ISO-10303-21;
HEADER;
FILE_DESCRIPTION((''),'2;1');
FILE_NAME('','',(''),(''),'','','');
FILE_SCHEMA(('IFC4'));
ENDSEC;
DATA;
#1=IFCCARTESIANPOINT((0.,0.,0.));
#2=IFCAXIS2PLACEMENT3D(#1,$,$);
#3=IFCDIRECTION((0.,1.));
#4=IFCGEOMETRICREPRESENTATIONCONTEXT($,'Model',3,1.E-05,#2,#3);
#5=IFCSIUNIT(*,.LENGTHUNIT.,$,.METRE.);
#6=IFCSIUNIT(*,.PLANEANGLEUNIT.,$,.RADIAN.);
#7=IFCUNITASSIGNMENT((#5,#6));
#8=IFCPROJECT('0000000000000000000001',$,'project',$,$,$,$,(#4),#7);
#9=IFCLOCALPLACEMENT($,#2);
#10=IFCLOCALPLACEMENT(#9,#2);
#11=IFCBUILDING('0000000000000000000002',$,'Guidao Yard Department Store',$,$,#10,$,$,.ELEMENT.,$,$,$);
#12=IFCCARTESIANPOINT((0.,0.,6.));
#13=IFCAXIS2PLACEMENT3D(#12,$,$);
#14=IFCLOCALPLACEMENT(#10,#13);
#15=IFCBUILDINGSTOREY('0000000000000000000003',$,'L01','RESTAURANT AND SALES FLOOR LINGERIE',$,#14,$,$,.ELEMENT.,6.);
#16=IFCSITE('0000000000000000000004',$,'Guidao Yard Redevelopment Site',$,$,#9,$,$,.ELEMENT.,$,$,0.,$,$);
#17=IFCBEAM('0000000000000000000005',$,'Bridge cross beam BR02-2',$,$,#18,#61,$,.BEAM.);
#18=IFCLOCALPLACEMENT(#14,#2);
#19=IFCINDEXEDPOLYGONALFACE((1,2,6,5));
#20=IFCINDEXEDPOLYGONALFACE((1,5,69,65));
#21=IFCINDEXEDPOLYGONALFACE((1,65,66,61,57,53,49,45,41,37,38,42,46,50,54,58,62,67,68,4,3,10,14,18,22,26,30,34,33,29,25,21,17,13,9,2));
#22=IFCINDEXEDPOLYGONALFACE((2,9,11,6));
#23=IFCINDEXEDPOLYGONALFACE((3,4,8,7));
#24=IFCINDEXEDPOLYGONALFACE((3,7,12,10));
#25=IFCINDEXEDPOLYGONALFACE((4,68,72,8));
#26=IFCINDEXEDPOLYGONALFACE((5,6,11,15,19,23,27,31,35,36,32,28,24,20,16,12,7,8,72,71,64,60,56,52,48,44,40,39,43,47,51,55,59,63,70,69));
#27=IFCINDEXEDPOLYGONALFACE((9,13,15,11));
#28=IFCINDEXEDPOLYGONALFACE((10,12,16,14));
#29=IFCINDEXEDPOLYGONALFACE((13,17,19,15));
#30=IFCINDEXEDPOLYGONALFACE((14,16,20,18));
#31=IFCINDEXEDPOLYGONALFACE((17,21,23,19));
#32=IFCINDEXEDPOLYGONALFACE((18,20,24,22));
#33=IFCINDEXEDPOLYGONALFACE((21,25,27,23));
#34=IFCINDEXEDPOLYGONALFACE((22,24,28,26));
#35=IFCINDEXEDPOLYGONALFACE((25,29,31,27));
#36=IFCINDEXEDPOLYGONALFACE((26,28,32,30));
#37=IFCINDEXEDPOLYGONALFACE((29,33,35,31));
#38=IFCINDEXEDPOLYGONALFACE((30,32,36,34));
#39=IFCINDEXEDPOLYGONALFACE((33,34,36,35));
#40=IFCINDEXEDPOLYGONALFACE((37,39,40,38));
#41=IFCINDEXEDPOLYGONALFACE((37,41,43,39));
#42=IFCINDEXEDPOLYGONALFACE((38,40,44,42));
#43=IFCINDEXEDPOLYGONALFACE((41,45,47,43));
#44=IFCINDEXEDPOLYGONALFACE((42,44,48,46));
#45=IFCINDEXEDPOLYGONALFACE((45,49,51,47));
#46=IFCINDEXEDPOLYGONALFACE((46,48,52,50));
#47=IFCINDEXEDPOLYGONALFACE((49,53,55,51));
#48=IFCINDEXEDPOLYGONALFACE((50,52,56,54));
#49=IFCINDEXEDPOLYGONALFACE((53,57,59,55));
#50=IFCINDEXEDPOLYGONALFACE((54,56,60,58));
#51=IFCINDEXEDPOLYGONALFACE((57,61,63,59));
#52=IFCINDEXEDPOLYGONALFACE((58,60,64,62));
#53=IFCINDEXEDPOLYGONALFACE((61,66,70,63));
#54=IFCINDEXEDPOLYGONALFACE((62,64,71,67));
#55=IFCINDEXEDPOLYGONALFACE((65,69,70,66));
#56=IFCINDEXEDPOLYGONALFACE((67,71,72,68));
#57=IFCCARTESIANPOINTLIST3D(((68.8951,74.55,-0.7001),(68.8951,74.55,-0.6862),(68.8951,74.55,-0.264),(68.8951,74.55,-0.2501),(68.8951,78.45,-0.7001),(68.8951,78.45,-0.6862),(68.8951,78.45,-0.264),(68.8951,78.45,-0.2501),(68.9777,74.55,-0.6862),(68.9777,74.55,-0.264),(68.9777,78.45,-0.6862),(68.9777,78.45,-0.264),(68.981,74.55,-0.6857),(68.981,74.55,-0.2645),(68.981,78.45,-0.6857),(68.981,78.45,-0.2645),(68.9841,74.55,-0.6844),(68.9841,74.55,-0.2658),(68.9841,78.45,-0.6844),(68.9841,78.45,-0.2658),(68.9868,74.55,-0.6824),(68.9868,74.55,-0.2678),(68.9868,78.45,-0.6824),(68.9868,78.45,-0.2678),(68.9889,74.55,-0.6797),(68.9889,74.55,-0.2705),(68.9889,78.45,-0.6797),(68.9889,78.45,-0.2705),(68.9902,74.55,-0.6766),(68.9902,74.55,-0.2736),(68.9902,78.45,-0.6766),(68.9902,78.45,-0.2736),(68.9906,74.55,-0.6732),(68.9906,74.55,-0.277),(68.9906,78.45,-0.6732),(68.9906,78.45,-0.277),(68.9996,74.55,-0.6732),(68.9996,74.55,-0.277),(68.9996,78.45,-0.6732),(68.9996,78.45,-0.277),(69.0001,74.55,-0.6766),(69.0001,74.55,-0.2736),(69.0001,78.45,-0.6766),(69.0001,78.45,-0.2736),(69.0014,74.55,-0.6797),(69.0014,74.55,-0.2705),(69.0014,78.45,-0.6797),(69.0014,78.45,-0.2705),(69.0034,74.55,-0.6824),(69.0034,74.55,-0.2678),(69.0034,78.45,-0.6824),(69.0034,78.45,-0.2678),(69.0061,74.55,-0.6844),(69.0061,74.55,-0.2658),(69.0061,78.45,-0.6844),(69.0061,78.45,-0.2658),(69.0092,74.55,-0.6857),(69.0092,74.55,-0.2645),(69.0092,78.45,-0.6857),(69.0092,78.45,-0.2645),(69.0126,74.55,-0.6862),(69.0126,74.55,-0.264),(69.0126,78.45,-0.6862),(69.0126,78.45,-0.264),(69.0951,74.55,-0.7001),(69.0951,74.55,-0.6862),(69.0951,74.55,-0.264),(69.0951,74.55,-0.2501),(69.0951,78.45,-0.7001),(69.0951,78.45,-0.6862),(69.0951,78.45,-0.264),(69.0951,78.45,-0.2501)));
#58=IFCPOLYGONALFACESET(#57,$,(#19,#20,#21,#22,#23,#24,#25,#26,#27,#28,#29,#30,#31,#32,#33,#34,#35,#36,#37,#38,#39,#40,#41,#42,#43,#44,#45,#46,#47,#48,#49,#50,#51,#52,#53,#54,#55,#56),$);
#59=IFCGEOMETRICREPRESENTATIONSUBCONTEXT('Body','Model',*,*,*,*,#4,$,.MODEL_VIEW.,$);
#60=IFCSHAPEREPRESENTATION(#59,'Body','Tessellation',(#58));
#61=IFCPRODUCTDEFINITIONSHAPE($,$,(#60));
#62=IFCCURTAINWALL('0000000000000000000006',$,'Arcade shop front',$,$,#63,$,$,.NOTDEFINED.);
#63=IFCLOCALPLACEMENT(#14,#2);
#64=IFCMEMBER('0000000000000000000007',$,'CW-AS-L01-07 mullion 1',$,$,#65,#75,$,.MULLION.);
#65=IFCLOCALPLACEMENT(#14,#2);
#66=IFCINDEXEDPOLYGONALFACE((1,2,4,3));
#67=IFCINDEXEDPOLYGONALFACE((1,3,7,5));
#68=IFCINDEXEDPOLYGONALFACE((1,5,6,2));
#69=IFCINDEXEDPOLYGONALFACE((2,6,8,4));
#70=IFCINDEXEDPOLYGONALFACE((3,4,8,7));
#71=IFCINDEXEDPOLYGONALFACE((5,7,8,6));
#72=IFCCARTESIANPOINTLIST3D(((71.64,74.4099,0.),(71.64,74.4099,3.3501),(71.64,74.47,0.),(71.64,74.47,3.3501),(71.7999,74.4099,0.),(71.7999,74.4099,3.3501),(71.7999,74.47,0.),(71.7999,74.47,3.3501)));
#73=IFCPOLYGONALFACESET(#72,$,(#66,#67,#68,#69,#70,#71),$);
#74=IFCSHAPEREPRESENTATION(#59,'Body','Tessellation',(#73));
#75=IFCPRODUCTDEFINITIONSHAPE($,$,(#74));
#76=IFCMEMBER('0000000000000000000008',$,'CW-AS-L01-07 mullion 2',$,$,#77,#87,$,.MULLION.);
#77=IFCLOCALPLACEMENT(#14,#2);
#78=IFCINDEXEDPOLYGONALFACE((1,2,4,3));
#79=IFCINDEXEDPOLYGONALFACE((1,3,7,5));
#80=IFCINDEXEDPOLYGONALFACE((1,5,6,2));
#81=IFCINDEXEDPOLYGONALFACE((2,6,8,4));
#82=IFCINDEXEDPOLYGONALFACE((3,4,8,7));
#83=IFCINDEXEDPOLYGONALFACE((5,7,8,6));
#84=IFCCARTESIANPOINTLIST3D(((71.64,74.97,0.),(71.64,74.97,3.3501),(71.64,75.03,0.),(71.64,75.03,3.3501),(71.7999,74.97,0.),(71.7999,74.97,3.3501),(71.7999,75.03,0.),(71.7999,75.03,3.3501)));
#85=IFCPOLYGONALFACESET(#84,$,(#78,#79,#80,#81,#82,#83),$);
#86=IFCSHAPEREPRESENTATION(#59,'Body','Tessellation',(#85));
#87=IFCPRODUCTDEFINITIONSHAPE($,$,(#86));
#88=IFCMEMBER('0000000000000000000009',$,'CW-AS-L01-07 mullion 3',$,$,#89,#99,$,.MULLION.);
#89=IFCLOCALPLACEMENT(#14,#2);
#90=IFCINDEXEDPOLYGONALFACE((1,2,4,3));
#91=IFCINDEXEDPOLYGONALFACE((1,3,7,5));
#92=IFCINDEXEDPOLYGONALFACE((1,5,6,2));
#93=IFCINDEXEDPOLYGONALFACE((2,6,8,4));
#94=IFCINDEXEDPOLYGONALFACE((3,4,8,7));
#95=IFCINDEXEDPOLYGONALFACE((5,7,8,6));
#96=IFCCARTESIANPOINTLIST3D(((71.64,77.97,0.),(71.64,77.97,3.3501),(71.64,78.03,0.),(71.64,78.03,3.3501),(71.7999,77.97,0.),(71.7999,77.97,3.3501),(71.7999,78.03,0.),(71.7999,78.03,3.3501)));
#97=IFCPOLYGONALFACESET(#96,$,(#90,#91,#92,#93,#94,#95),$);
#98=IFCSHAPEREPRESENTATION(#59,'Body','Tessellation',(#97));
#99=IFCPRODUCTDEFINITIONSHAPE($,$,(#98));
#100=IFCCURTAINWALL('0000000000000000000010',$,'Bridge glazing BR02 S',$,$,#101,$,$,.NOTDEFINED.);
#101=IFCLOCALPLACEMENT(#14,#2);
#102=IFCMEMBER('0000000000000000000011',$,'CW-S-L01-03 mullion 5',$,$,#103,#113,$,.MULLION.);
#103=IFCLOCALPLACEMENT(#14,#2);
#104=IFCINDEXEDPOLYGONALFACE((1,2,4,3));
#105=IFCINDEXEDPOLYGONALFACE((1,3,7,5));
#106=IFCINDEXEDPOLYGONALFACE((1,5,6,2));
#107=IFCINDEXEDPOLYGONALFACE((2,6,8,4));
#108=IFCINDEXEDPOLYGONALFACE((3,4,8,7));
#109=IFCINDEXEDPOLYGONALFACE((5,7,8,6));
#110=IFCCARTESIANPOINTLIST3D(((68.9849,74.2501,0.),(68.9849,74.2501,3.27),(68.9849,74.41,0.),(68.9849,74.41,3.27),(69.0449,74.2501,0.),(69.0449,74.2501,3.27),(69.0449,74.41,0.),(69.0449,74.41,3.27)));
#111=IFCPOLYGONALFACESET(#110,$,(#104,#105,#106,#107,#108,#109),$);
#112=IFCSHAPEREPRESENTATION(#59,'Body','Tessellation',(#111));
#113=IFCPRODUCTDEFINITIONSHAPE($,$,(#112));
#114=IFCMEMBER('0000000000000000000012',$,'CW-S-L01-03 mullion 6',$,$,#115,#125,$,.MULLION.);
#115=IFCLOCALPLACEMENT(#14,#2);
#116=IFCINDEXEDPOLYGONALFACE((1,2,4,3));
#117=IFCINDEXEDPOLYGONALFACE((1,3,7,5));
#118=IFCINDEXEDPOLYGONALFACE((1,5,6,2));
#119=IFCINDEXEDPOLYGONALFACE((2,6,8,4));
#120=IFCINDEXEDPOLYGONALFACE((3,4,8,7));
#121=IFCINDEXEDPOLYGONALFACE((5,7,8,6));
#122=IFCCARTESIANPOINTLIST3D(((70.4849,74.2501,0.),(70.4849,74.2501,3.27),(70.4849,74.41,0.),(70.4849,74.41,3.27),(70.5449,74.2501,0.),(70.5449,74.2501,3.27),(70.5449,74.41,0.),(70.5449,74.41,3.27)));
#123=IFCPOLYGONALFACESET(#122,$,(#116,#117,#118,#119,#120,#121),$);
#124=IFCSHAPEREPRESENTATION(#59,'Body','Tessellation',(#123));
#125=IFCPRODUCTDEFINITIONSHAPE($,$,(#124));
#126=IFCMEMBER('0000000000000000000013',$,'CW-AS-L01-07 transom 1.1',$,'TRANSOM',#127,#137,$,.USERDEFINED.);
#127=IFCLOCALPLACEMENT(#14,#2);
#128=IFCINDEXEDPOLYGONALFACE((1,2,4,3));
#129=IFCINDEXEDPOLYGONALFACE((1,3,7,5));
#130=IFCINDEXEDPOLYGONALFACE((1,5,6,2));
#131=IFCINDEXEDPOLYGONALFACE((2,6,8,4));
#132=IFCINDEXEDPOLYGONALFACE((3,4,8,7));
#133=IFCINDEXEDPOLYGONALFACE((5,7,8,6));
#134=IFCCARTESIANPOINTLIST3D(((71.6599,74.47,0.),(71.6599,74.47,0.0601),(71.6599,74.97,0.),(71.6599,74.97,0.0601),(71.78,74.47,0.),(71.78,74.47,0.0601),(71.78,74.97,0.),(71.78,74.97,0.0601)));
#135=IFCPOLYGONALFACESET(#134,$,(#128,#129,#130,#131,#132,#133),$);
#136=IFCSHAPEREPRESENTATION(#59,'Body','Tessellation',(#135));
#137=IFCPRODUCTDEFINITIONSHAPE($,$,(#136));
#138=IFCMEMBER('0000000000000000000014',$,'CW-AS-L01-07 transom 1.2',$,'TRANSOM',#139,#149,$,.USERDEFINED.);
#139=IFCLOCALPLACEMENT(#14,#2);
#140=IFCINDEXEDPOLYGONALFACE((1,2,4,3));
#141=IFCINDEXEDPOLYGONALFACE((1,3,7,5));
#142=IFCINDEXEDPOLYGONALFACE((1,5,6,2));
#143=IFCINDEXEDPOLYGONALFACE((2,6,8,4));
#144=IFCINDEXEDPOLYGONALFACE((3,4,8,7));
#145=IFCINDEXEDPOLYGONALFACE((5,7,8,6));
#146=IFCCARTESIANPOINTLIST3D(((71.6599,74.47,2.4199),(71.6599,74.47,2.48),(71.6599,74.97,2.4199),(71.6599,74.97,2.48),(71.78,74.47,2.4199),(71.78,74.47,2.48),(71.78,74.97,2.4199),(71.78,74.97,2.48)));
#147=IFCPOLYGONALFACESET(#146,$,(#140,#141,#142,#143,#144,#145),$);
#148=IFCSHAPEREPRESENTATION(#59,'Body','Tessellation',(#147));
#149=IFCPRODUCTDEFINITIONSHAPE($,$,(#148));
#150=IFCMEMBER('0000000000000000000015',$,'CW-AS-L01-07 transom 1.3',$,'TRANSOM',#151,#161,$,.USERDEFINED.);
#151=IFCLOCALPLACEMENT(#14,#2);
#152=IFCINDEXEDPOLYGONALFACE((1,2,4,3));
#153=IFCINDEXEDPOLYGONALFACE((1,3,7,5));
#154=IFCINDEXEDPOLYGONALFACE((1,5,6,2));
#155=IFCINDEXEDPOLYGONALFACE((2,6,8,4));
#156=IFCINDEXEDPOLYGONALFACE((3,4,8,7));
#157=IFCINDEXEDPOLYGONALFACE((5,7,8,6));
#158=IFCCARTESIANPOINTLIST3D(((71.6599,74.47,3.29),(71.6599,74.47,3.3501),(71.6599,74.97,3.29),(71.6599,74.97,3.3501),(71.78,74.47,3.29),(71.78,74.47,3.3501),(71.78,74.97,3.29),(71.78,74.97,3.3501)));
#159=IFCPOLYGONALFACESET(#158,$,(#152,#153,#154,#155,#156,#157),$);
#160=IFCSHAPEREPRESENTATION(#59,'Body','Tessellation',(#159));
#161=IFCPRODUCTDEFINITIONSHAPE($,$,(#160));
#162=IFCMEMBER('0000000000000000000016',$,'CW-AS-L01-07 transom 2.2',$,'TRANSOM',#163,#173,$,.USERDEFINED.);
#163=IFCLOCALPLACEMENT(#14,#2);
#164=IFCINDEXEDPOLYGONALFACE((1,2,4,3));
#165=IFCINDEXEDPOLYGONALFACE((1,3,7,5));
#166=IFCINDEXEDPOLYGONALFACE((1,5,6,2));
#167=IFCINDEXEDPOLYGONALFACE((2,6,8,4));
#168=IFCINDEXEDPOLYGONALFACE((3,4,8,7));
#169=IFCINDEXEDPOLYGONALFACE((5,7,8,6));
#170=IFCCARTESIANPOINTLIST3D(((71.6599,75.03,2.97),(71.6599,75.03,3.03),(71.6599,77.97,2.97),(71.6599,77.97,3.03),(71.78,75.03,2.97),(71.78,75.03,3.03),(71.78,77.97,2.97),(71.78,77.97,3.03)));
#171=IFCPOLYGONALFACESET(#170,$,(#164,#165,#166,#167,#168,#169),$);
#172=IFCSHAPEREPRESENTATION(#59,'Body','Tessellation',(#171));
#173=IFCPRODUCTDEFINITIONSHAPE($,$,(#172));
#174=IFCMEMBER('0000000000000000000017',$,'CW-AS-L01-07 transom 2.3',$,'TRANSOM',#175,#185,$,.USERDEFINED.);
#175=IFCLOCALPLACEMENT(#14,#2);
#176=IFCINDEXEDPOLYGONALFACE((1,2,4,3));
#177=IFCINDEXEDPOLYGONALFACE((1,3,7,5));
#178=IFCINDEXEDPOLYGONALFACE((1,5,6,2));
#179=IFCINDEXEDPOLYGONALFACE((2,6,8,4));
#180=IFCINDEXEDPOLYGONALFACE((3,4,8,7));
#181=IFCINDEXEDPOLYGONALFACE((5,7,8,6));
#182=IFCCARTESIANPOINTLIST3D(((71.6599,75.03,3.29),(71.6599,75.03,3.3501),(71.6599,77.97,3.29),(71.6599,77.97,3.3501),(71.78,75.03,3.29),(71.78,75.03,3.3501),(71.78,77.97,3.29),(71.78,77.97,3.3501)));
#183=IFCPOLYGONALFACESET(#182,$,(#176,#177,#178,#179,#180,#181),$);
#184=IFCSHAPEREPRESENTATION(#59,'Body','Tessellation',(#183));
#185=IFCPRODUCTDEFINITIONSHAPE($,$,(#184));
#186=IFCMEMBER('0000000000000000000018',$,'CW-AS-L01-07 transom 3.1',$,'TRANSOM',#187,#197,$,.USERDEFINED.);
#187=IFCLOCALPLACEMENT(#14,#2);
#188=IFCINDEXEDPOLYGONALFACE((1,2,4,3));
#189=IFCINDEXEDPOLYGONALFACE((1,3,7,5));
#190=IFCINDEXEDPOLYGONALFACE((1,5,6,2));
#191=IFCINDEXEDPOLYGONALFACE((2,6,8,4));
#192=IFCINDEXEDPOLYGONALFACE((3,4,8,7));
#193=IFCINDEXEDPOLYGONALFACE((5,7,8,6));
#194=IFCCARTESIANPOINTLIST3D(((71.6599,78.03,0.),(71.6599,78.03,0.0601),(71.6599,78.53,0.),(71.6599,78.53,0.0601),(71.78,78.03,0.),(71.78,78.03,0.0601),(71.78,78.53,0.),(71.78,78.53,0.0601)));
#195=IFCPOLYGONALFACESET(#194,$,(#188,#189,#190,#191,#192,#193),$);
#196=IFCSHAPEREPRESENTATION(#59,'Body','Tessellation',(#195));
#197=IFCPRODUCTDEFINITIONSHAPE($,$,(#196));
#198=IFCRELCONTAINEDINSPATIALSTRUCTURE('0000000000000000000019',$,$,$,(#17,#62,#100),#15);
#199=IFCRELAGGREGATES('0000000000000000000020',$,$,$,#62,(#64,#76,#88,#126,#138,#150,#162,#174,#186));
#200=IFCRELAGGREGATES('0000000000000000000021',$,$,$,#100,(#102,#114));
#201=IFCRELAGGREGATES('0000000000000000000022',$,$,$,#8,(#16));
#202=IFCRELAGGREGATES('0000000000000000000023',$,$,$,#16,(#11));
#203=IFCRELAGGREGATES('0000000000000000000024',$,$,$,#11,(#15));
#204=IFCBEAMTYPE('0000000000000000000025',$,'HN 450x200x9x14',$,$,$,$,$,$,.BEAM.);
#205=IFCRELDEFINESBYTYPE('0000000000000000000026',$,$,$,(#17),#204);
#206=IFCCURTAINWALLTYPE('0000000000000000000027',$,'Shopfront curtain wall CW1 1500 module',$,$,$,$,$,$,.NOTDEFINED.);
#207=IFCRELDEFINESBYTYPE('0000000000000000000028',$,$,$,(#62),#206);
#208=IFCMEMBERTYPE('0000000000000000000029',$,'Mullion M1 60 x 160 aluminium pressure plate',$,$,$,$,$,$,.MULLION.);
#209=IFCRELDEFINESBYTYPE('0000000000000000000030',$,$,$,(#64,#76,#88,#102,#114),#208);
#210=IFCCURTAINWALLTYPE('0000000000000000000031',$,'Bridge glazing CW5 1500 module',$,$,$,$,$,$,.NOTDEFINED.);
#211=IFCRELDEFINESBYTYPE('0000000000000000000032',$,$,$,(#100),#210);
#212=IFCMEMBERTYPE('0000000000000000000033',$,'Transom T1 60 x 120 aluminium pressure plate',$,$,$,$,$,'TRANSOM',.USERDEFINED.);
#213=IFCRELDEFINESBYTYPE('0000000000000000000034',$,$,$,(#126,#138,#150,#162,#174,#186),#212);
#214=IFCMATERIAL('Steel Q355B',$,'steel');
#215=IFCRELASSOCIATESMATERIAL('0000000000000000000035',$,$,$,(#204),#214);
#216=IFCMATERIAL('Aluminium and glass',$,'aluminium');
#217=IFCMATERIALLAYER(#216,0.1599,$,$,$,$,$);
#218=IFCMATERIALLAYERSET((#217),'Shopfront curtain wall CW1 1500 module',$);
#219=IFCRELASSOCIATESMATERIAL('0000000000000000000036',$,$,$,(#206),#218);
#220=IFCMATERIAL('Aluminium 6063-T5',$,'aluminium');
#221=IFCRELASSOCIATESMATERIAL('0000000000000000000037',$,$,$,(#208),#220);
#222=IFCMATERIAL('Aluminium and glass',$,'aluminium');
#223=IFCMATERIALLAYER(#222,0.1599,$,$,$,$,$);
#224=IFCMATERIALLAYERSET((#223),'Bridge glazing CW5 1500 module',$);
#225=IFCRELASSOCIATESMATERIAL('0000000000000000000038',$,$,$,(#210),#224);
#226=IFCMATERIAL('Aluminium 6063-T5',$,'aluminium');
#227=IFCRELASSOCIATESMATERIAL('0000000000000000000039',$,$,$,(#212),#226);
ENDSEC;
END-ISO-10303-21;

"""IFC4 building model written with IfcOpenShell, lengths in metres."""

from ifc_helpers import new_model, si_unit, direction, frame, origin, origin_2d, place, context, subcontext, project, spatial, rectangle, i_section, extrude, material, layer, layer_set, material_profile, profile_set, type_object, element, aggregate, save


model = new_model("IFC4")

# Units and contexts
model_context = context("Model", 3, precision=1e-05, world=origin(), true_north=direction((0.0, 1.0)))
body_context = subcontext(model_context, "Body", "Model", "MODEL_VIEW")
ifc_project = project(units=[si_unit("LENGTHUNIT", "METRE"), si_unit("PLANEANGLEUNIT", "RADIAN")], contexts=[model_context])

# Site, building, storey
site_placement = place(None, origin())
site = spatial("IfcSite", under=ifc_project, at=site_placement, Name="Guidao Yard Redevelopment Site", CompositionType="ELEMENT", RefElevation=0.0)
building_placement = place(site_placement, origin())
building = spatial("IfcBuilding", under=site, at=building_placement, Name="Guidao Yard Department Store", CompositionType="ELEMENT")
storey_placement = place(building_placement, frame((0.0, 0.0, 6.0)))
storey = spatial("IfcBuildingStorey", under=building, at=storey_placement, Name="L01", Description="RESTAURANT AND SALES FLOOR LINGERIE", CompositionType="ELEMENT", Elevation=6.0)

# Beam
ifc_material_1 = material(Name="Steel Q355B", Category="steel")
ifc_material_profile_1 = material_profile(ifc_material_1, i_section(OverallWidth=0.2, OverallDepth=0.45, WebThickness=0.009, FlangeThickness=0.0139, FilletRadius=0.0129, at=origin_2d()), Name="HN 450x200x9x14")
ifc_profile_set_1 = profile_set([ifc_material_profile_1], Name="Steel Q355B")
beam_type = type_object("IfcBeamType", Name="HN 450x200x9x14", PredefinedType="BEAM", material=ifc_profile_set_1)
beam_placement = place(storey_placement, frame((68.9951, 74.55, -0.4751), z_axis=(0.0, 1.0, 0.0), x_axis=(-1.0, 0.0, 0.0)))
element("IfcBeam", 1, at=beam_placement, inside=storey, type_object=beam_type, Name="Bridge cross beam BR02-2", PredefinedType="BEAM", context=body_context, shape_type="SweptSolid", body=[
    extrude(i_section(OverallWidth=0.2, OverallDepth=0.45, WebThickness=0.009, FlangeThickness=0.0139, FilletRadius=0.0129, at=origin_2d()), origin(), (0.0, 0.0, 1.0), 3.8999),
])

# Curtain walls, members
ifc_material_2 = material(Name="Aluminium and glass", Category="aluminium")
ifc_layer_1 = layer(ifc_material_2, 0.1599)
ifc_layer_set_1 = layer_set([ifc_layer_1], Name="Shopfront curtain wall CW1 1500 module")
curtain_wall_type_1 = type_object("IfcCurtainWallType", Name="Shopfront curtain wall CW1 1500 module", PredefinedType="NOTDEFINED", material=ifc_layer_set_1)
curtain_wall_1_placement = place(storey_placement, origin())
curtain_wall_1 = element("IfcCurtainWall", 2, at=curtain_wall_1_placement, inside=storey, type_object=curtain_wall_type_1, Name="Arcade shop front", PredefinedType="NOTDEFINED")
ifc_material_3 = material(Name="Aluminium 6063-T5", Category="aluminium")
ifc_material_profile_2 = material_profile(ifc_material_3, rectangle(XDim=0.0601, YDim=0.1599, at=origin_2d()), Name="Mullion M1 60 x 160 aluminium pressure plate")
ifc_profile_set_2 = profile_set([ifc_material_profile_2], Name="Aluminium 6063-T5")
member_type_1 = type_object("IfcMemberType", Name="Mullion M1 60 x 160 aluminium pressure plate", PredefinedType="MULLION", material=ifc_profile_set_2)
member_1_placement = place(storey_placement, frame((71.72, 74.4399, 0.0), z_axis=(0.0, 0.0, 1.0), x_axis=(0.0, 1.0, 0.0)))
member_1 = element("IfcMember", 3, at=member_1_placement, type_object=member_type_1, Name="CW-AS-L01-07 mullion 1", PredefinedType="MULLION", context=body_context, shape_type="SweptSolid", body=[
    extrude(rectangle(XDim=0.0601, YDim=0.1599, at=origin_2d()), origin(), (0.0, 0.0, 1.0), 3.3501),
])
member_2_placement = place(storey_placement, frame((71.72, 75.0, 0.0), z_axis=(0.0, 0.0, 1.0), x_axis=(0.0, 1.0, 0.0)))
member_2 = element("IfcMember", 4, at=member_2_placement, type_object=member_type_1, Name="CW-AS-L01-07 mullion 2", PredefinedType="MULLION", context=body_context, shape_type="SweptSolid", body=[
    extrude(rectangle(XDim=0.0601, YDim=0.1599, at=origin_2d()), origin(), (0.0, 0.0, 1.0), 3.3501),
])
member_3_placement = place(storey_placement, frame((71.72, 78.0, 0.0), z_axis=(0.0, 0.0, 1.0), x_axis=(0.0, 1.0, 0.0)))
member_3 = element("IfcMember", 5, at=member_3_placement, type_object=member_type_1, Name="CW-AS-L01-07 mullion 3", PredefinedType="MULLION", context=body_context, shape_type="SweptSolid", body=[
    extrude(rectangle(XDim=0.0601, YDim=0.1599, at=origin_2d()), origin(), (0.0, 0.0, 1.0), 3.3501),
])
ifc_material_4 = material(Name="Aluminium and glass", Category="aluminium")
ifc_layer_2 = layer(ifc_material_4, 0.1599)
ifc_layer_set_2 = layer_set([ifc_layer_2], Name="Bridge glazing CW5 1500 module")
curtain_wall_type_2 = type_object("IfcCurtainWallType", Name="Bridge glazing CW5 1500 module", PredefinedType="NOTDEFINED", material=ifc_layer_set_2)
curtain_wall_2_placement = place(storey_placement, origin())
curtain_wall_2 = element("IfcCurtainWall", 6, at=curtain_wall_2_placement, inside=storey, type_object=curtain_wall_type_2, Name="Bridge glazing BR02 S", PredefinedType="NOTDEFINED")
member_4_placement = place(storey_placement, frame((69.0149, 74.3301, 0.0), z_axis=(0.0, 0.0, 1.0), x_axis=(-1.0, 0.0, 0.0)))
member_4 = element("IfcMember", 7, at=member_4_placement, type_object=member_type_1, Name="CW-S-L01-03 mullion 5", PredefinedType="MULLION", context=body_context, shape_type="SweptSolid", body=[
    extrude(rectangle(XDim=0.0601, YDim=0.1599, at=origin_2d()), origin(), (0.0, 0.0, 1.0), 3.27),
])
member_5_placement = place(storey_placement, frame((70.5149, 74.3301, 0.0), z_axis=(0.0, 0.0, 1.0), x_axis=(-1.0, 0.0, 0.0)))
member_5 = element("IfcMember", 8, at=member_5_placement, type_object=member_type_1, Name="CW-S-L01-03 mullion 6", PredefinedType="MULLION", context=body_context, shape_type="SweptSolid", body=[
    extrude(rectangle(XDim=0.0601, YDim=0.1599, at=origin_2d()), origin(), (0.0, 0.0, 1.0), 3.27),
])

# Members
ifc_material_5 = material(Name="Aluminium 6063-T5", Category="aluminium")
ifc_material_profile_3 = material_profile(ifc_material_5, rectangle(XDim=0.1201, YDim=0.0601, at=origin_2d()), Name="Transom T1 60 x 120 aluminium pressure plate")
ifc_profile_set_3 = profile_set([ifc_material_profile_3], Name="Aluminium 6063-T5")
member_type_2 = type_object("IfcMemberType", Name="Transom T1 60 x 120 aluminium pressure plate", ElementType="TRANSOM", PredefinedType="USERDEFINED", material=ifc_profile_set_3)
member_6_placement = place(storey_placement, frame((71.72, 74.47, 0.03), z_axis=(0.0, 1.0, 0.0), x_axis=(-1.0, 0.0, 0.0)))
member_6 = element("IfcMember", 9, at=member_6_placement, type_object=member_type_2, Name="CW-AS-L01-07 transom 1.1", ObjectType="TRANSOM", PredefinedType="USERDEFINED", context=body_context, shape_type="SweptSolid", body=[
    extrude(rectangle(XDim=0.1201, YDim=0.0601, at=origin_2d()), origin(), (0.0, 0.0, 1.0), 0.5),
])
member_7_placement = place(storey_placement, frame((71.72, 74.47, 2.45), z_axis=(0.0, 1.0, 0.0), x_axis=(-1.0, 0.0, 0.0)))
member_7 = element("IfcMember", 10, at=member_7_placement, type_object=member_type_2, Name="CW-AS-L01-07 transom 1.2", ObjectType="TRANSOM", PredefinedType="USERDEFINED", context=body_context, shape_type="SweptSolid", body=[
    extrude(rectangle(XDim=0.1201, YDim=0.0601, at=origin_2d()), origin(), (0.0, 0.0, 1.0), 0.5),
])
member_8_placement = place(storey_placement, frame((71.72, 74.47, 3.3201), z_axis=(0.0, 1.0, 0.0), x_axis=(-1.0, 0.0, 0.0)))
member_8 = element("IfcMember", 11, at=member_8_placement, type_object=member_type_2, Name="CW-AS-L01-07 transom 1.3", ObjectType="TRANSOM", PredefinedType="USERDEFINED", context=body_context, shape_type="SweptSolid", body=[
    extrude(rectangle(XDim=0.1201, YDim=0.0601, at=origin_2d()), origin(), (0.0, 0.0, 1.0), 0.5),
])
member_9_placement = place(storey_placement, frame((71.72, 75.03, 3.0), z_axis=(0.0, 1.0, 0.0), x_axis=(-1.0, 0.0, 0.0)))
member_9 = element("IfcMember", 12, at=member_9_placement, type_object=member_type_2, Name="CW-AS-L01-07 transom 2.2", ObjectType="TRANSOM", PredefinedType="USERDEFINED", context=body_context, shape_type="SweptSolid", body=[
    extrude(rectangle(XDim=0.1201, YDim=0.0601, at=origin_2d()), origin(), (0.0, 0.0, 1.0), 2.9399),
])
member_10_placement = place(storey_placement, frame((71.72, 75.03, 3.3201), z_axis=(0.0, 1.0, 0.0), x_axis=(-1.0, 0.0, 0.0)))
member_10 = element("IfcMember", 13, at=member_10_placement, type_object=member_type_2, Name="CW-AS-L01-07 transom 2.3", ObjectType="TRANSOM", PredefinedType="USERDEFINED", context=body_context, shape_type="SweptSolid", body=[
    extrude(rectangle(XDim=0.1201, YDim=0.0601, at=origin_2d()), origin(), (0.0, 0.0, 1.0), 2.9399),
])
member_11_placement = place(storey_placement, frame((71.72, 78.03, 0.03), z_axis=(0.0, 1.0, 0.0), x_axis=(-1.0, 0.0, 0.0)))
member_11 = element("IfcMember", 14, at=member_11_placement, type_object=member_type_2, Name="CW-AS-L01-07 transom 3.1", ObjectType="TRANSOM", PredefinedType="USERDEFINED", context=body_context, shape_type="SweptSolid", body=[
    extrude(rectangle(XDim=0.1201, YDim=0.0601, at=origin_2d()), origin(), (0.0, 0.0, 1.0), 0.5),
])

aggregate(curtain_wall_1, [member_1, member_2, member_3, member_6, member_7, member_8, member_9, member_10, member_11])
aggregate(curtain_wall_2, [member_4, member_5])

save(model, "model.ifc")
